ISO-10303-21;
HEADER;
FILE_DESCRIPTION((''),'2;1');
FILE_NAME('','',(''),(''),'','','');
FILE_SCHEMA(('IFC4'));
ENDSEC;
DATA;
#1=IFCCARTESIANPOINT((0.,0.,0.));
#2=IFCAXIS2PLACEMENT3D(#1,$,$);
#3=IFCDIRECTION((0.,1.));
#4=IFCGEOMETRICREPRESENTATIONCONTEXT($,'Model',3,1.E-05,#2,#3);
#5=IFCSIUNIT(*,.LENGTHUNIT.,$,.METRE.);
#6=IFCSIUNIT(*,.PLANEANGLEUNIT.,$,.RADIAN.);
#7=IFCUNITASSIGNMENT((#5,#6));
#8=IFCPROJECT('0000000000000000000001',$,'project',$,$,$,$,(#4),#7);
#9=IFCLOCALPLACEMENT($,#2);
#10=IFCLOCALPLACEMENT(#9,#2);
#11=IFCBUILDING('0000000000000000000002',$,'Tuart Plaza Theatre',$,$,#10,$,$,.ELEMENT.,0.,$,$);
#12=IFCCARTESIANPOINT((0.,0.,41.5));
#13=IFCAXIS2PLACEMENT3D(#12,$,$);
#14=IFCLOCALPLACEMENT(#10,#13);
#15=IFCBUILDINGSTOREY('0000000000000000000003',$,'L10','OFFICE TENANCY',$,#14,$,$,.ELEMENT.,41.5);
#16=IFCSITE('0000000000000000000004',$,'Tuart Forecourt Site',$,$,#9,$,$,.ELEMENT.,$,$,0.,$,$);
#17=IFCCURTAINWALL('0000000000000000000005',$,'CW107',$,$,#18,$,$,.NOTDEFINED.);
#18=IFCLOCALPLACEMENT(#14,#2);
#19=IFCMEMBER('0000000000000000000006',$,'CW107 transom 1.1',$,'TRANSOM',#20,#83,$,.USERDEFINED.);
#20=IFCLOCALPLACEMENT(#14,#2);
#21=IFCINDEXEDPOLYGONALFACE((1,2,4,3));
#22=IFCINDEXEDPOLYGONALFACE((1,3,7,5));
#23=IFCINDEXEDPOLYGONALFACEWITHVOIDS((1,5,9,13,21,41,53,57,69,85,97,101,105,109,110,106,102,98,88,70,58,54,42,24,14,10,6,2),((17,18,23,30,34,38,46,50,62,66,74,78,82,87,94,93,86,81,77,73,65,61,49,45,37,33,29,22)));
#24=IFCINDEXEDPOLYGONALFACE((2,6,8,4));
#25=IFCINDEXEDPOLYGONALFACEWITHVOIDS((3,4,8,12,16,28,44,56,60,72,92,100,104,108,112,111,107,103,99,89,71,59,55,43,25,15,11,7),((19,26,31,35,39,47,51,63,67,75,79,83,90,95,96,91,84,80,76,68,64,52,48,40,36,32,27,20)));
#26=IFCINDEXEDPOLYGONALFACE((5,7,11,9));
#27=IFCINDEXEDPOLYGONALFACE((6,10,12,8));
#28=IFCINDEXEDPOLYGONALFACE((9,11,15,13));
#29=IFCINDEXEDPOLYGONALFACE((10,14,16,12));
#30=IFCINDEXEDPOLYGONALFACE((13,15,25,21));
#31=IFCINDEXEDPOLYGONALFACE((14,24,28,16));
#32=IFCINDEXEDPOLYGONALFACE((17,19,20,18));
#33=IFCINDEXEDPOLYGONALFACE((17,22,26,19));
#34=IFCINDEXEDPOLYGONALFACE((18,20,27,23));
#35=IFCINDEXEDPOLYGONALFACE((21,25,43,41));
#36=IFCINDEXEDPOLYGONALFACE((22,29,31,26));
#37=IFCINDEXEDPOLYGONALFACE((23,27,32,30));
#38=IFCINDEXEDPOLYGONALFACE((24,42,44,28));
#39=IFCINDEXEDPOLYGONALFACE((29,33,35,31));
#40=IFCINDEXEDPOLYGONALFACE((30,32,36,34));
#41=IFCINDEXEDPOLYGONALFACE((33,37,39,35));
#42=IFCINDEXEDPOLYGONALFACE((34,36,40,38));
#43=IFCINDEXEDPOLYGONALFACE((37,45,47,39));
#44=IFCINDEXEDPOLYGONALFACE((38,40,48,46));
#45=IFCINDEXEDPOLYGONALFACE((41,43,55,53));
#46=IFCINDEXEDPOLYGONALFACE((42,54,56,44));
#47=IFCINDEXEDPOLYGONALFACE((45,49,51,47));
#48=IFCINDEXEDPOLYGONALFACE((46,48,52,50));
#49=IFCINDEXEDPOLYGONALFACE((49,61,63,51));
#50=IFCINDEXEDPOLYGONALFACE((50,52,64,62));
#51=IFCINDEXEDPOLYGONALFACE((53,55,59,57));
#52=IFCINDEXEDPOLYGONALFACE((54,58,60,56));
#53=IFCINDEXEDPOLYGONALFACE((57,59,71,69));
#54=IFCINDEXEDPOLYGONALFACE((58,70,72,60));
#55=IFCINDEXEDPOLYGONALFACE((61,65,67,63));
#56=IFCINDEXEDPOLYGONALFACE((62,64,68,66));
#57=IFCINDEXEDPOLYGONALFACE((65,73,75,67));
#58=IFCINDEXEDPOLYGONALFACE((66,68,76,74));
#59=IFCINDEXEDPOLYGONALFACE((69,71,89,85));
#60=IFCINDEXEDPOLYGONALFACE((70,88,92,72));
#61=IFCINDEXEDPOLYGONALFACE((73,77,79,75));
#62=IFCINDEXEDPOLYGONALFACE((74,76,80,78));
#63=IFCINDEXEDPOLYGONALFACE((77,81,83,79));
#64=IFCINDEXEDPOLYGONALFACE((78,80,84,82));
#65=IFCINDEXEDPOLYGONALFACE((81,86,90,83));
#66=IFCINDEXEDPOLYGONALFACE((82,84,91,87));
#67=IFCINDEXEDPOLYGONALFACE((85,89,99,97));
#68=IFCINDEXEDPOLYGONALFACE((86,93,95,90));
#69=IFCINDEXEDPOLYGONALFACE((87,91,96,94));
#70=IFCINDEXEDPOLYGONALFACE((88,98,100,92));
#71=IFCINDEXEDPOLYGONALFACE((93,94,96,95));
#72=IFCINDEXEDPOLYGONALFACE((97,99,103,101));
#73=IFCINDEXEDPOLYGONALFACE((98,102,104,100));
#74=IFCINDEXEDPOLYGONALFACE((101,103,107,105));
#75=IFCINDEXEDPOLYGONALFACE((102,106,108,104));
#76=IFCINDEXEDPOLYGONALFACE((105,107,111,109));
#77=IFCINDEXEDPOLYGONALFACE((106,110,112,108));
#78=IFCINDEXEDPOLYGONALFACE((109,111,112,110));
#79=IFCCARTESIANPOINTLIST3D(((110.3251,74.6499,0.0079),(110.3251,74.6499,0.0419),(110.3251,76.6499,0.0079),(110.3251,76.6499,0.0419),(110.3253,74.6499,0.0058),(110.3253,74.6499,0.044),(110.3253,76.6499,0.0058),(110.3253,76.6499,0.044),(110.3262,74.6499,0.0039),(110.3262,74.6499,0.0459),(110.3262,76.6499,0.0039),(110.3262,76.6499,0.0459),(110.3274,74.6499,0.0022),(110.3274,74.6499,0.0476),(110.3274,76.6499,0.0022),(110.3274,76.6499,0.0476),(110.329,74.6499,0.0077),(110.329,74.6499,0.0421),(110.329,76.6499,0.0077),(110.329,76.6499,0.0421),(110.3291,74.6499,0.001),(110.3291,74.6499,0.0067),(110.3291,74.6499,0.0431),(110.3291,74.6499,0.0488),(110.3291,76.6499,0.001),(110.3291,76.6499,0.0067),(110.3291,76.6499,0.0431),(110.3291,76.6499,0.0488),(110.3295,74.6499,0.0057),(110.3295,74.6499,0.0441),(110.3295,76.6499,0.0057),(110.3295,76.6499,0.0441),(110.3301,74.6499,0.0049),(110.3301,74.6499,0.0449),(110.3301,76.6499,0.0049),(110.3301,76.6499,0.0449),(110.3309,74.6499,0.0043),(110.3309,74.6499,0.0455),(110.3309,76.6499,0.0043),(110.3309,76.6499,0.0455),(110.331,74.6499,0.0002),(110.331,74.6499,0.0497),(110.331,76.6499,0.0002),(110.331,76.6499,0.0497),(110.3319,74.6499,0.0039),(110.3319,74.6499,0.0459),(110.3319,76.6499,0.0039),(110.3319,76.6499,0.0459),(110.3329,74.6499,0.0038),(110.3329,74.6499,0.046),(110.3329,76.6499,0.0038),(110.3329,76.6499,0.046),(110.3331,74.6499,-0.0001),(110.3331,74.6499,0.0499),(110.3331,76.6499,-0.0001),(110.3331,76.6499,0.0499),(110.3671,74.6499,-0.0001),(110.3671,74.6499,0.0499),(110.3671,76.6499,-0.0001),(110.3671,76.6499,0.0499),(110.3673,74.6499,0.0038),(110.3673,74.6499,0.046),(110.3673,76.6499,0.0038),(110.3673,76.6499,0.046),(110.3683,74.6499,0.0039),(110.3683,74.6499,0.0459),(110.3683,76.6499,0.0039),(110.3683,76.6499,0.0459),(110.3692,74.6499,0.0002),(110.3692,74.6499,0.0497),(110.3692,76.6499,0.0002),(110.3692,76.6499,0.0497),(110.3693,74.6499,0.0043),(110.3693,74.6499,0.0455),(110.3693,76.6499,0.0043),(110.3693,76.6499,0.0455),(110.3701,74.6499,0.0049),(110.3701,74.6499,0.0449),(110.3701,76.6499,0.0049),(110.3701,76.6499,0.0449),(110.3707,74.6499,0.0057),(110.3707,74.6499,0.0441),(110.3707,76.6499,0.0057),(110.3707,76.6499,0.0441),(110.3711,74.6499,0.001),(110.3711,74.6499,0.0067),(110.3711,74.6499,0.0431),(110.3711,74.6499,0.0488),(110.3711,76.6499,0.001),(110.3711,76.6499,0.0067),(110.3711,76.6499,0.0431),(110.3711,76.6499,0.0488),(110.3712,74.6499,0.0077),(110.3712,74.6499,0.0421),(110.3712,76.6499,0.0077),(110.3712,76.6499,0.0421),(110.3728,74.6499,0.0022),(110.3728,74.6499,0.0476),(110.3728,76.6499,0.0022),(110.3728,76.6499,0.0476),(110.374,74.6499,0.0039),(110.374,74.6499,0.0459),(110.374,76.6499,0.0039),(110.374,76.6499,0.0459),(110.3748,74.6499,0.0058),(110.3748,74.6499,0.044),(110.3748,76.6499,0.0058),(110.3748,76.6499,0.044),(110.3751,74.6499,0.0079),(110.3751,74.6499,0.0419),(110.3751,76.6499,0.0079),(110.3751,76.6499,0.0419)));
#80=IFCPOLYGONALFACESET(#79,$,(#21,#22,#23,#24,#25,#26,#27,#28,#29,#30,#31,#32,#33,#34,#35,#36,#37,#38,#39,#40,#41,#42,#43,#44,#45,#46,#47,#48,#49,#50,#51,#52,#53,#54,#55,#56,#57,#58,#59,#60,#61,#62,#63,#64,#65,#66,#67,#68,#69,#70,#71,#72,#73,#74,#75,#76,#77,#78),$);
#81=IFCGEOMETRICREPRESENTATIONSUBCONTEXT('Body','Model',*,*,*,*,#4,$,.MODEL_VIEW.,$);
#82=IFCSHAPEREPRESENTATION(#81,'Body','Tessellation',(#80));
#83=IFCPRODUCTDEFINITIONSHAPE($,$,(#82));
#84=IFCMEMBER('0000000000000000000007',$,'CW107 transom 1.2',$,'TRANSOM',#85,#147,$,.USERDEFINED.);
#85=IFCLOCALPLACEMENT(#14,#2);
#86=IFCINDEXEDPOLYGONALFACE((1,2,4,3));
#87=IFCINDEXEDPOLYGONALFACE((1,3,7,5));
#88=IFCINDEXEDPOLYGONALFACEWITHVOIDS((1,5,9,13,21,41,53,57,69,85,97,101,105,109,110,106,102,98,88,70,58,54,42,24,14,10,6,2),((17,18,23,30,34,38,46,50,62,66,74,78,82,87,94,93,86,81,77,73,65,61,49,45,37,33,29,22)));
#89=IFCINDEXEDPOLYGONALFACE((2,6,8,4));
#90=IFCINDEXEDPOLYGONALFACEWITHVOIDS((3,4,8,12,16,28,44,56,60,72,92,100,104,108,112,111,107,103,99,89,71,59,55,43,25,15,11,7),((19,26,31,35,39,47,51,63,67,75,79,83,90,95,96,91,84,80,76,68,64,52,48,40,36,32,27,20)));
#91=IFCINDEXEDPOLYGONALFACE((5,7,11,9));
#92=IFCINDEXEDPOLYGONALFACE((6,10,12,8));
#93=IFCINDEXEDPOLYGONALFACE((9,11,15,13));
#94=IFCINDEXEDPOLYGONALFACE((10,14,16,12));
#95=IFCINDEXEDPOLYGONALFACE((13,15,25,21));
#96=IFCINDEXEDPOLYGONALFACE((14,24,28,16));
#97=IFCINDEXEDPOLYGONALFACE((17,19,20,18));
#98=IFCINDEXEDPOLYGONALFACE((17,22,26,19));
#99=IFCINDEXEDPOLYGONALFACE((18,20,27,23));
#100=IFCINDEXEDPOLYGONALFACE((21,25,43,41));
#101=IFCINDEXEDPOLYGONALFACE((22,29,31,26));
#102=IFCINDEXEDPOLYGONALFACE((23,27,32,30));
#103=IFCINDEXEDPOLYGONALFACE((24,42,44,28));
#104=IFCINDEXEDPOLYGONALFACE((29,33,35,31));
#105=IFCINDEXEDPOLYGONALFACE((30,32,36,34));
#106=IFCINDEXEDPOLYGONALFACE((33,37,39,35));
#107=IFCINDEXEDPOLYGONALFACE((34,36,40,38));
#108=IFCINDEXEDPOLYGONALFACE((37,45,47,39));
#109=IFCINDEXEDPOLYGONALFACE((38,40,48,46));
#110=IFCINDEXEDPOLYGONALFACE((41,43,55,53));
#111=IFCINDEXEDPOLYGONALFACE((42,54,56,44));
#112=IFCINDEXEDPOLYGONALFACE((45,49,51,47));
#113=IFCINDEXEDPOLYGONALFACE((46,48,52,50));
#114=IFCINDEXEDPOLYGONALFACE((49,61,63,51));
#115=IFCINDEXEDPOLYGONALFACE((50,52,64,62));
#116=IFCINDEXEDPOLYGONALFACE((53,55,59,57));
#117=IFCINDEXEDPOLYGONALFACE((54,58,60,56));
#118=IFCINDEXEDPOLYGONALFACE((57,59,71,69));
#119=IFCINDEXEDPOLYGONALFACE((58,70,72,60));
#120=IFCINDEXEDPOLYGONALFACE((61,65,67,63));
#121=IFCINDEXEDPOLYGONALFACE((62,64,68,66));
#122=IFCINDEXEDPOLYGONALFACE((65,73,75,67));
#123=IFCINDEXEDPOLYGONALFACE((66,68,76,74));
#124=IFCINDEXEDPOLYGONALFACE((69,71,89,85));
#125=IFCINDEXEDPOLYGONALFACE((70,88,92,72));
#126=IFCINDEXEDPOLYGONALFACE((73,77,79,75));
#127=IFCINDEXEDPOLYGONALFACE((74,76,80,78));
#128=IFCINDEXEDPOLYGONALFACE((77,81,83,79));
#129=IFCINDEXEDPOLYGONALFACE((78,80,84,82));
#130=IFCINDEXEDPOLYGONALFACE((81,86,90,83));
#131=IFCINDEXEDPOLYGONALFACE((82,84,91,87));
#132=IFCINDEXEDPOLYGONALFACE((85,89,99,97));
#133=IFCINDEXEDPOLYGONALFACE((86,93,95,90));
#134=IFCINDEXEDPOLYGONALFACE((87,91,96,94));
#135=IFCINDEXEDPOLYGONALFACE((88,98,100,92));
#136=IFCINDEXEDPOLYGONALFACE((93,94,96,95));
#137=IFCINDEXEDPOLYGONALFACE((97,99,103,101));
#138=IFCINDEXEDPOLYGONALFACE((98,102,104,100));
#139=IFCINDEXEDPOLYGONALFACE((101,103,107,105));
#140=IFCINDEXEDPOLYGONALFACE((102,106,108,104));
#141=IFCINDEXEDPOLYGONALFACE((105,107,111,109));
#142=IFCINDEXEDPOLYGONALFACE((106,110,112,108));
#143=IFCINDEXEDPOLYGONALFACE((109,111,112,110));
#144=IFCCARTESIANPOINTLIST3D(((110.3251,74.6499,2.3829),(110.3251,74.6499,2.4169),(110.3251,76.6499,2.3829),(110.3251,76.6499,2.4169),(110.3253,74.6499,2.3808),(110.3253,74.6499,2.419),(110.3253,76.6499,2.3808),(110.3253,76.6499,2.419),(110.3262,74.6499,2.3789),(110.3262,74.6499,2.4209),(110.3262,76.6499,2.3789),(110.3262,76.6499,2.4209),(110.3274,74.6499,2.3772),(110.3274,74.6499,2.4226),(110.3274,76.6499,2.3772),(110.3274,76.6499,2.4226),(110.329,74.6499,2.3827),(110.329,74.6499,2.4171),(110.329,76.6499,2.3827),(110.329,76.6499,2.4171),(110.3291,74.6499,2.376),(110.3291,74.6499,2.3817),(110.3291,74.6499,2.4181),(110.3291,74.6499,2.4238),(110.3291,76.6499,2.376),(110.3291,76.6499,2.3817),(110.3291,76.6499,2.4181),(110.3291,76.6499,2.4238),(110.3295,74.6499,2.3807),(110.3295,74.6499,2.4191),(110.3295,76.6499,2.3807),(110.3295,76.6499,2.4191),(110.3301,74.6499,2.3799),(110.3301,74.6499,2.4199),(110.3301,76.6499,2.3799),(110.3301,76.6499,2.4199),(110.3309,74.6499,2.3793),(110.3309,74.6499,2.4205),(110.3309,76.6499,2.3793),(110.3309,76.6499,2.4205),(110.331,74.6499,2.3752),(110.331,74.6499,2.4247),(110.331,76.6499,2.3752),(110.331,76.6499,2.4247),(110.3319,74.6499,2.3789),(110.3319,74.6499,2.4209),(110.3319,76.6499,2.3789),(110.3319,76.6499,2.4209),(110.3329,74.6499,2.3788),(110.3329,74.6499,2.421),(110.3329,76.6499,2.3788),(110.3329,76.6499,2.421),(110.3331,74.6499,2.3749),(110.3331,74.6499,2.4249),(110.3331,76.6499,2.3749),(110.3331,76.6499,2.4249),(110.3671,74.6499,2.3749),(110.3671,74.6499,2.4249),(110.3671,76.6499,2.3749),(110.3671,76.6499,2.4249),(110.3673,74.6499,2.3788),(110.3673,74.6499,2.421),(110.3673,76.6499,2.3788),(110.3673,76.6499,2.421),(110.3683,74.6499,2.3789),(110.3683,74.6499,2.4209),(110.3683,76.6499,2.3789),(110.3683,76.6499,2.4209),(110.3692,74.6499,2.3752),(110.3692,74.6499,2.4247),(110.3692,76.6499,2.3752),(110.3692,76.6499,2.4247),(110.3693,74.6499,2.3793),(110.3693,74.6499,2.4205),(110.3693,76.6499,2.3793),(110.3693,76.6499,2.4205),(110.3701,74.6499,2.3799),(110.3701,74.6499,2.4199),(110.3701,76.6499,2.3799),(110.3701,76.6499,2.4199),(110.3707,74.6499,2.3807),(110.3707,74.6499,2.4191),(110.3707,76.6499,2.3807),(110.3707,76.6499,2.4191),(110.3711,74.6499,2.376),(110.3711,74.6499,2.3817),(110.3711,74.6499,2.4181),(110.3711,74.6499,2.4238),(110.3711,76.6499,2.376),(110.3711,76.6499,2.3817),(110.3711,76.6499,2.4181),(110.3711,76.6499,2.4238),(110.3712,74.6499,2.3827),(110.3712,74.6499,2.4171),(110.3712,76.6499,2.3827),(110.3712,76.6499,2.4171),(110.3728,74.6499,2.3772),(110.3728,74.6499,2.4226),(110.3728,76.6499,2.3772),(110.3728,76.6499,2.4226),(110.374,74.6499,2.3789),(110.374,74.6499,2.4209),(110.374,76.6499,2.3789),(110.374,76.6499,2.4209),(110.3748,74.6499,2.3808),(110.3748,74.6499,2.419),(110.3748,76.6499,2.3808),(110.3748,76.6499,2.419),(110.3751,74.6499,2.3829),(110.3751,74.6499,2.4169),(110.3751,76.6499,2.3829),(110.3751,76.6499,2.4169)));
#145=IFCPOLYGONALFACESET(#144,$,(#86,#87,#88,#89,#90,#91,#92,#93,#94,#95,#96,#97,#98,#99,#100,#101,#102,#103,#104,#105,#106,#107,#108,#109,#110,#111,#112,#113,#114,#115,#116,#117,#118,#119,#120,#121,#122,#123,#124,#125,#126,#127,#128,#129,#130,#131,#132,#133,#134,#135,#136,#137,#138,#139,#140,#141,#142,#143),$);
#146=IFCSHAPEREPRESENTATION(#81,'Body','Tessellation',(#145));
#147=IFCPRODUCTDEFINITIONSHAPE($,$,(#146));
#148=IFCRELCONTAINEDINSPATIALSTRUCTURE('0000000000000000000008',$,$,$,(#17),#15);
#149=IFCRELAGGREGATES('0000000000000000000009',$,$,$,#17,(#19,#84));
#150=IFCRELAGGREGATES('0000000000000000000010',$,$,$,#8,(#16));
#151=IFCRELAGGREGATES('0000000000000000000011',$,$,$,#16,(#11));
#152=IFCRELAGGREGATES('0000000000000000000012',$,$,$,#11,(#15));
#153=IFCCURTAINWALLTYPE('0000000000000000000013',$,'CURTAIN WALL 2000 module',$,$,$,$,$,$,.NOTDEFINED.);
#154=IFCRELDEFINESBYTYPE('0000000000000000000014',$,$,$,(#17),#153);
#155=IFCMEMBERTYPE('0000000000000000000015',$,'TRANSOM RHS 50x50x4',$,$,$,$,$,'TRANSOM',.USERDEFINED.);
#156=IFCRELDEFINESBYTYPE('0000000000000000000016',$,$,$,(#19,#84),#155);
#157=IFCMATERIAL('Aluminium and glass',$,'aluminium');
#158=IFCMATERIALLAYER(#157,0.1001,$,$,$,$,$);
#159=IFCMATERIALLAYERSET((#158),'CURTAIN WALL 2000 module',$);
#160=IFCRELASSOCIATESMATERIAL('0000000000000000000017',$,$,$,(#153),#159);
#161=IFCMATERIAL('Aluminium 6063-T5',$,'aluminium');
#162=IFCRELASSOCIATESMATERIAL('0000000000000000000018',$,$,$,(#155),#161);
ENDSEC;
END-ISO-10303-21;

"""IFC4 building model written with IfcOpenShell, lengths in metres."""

from ifc_helpers import new_model, si_unit, direction, frame, origin, origin_2d, place, context, subcontext, project, spatial, hollow_rectangle, extrude, material, layer, layer_set, material_profile, profile_set, type_object, element, aggregate, save


model = new_model("IFC4")

# Units and contexts
model_context = context("Model", 3, precision=1e-05, world=origin(), true_north=direction((0.0, 1.0)))
body_context = subcontext(model_context, "Body", "Model", "MODEL_VIEW")
ifc_project = project(units=[si_unit("LENGTHUNIT", "METRE"), si_unit("PLANEANGLEUNIT", "RADIAN")], contexts=[model_context])

# Site, building, storey
site_placement = place(None, origin())
site = spatial("IfcSite", under=ifc_project, at=site_placement, Name="Tuart Forecourt Site", CompositionType="ELEMENT", RefElevation=0.0)
building_placement = place(site_placement, origin())
building = spatial("IfcBuilding", under=site, at=building_placement, Name="Tuart Plaza Theatre", CompositionType="ELEMENT", ElevationOfRefHeight=0.0)
storey_placement = place(building_placement, frame((0.0, 0.0, 41.5)))
storey = spatial("IfcBuildingStorey", under=building, at=storey_placement, Name="L10", Description="OFFICE TENANCY", CompositionType="ELEMENT", Elevation=41.5)

# Curtain wall
ifc_material_1 = material(Name="Aluminium and glass", Category="aluminium")
ifc_layer_1 = layer(ifc_material_1, 0.1001)
ifc_layer_set_1 = layer_set([ifc_layer_1], Name="CURTAIN WALL 2000 module")
curtain_wall_type = type_object("IfcCurtainWallType", Name="CURTAIN WALL 2000 module", PredefinedType="NOTDEFINED", material=ifc_layer_set_1)
curtain_wall_1_placement = place(storey_placement, origin())
curtain_wall_1 = element("IfcCurtainWall", 1, at=curtain_wall_1_placement, inside=storey, type_object=curtain_wall_type, Name="CW107", PredefinedType="NOTDEFINED")
ifc_material_2 = material(Name="Aluminium 6063-T5", Category="aluminium")
ifc_material_profile_1 = material_profile(ifc_material_2, hollow_rectangle(XDim=0.05, YDim=0.05, WallThickness=0.0039, InnerFilletRadius=0.0039, OuterFilletRadius=0.0081, at=origin_2d()), Name="RHS 50x50x4")
ifc_profile_set_1 = profile_set([ifc_material_profile_1], Name="Aluminium 6063-T5")
member_type_1 = type_object("IfcMemberType", Name="TRANSOM RHS 50x50x4", ElementType="TRANSOM", PredefinedType="USERDEFINED", material=ifc_profile_set_1)

# Members
member_1_placement = place(storey_placement, frame((110.3501, 76.6499, 0.0249), z_axis=(0.0, -1.0, 0.0), x_axis=(1.0, 0.0, 0.0)))
member_1 = element("IfcMember", 2, at=member_1_placement, type_object=member_type_1, Name="CW107 transom 1.1", ObjectType="TRANSOM", PredefinedType="USERDEFINED", context=body_context, shape_type="SweptSolid", body=[
    extrude(hollow_rectangle(XDim=0.05, YDim=0.05, WallThickness=0.0039, InnerFilletRadius=0.0039, OuterFilletRadius=0.0081, at=origin_2d()), origin(), (0.0, 0.0, 1.0), 2.0),
])
member_2_placement = place(storey_placement, frame((110.3501, 76.6499, 2.3999), z_axis=(0.0, -1.0, 0.0), x_axis=(1.0, 0.0, 0.0)))
member_2 = element("IfcMember", 3, at=member_2_placement, type_object=member_type_1, Name="CW107 transom 1.2", ObjectType="TRANSOM", PredefinedType="USERDEFINED", context=body_context, shape_type="SweptSolid", body=[
    extrude(hollow_rectangle(XDim=0.05, YDim=0.05, WallThickness=0.0039, InnerFilletRadius=0.0039, OuterFilletRadius=0.0081, at=origin_2d()), origin(), (0.0, 0.0, 1.0), 2.0),
])

aggregate(curtain_wall_1, [member_1, member_2])

save(model, "model.ifc")
